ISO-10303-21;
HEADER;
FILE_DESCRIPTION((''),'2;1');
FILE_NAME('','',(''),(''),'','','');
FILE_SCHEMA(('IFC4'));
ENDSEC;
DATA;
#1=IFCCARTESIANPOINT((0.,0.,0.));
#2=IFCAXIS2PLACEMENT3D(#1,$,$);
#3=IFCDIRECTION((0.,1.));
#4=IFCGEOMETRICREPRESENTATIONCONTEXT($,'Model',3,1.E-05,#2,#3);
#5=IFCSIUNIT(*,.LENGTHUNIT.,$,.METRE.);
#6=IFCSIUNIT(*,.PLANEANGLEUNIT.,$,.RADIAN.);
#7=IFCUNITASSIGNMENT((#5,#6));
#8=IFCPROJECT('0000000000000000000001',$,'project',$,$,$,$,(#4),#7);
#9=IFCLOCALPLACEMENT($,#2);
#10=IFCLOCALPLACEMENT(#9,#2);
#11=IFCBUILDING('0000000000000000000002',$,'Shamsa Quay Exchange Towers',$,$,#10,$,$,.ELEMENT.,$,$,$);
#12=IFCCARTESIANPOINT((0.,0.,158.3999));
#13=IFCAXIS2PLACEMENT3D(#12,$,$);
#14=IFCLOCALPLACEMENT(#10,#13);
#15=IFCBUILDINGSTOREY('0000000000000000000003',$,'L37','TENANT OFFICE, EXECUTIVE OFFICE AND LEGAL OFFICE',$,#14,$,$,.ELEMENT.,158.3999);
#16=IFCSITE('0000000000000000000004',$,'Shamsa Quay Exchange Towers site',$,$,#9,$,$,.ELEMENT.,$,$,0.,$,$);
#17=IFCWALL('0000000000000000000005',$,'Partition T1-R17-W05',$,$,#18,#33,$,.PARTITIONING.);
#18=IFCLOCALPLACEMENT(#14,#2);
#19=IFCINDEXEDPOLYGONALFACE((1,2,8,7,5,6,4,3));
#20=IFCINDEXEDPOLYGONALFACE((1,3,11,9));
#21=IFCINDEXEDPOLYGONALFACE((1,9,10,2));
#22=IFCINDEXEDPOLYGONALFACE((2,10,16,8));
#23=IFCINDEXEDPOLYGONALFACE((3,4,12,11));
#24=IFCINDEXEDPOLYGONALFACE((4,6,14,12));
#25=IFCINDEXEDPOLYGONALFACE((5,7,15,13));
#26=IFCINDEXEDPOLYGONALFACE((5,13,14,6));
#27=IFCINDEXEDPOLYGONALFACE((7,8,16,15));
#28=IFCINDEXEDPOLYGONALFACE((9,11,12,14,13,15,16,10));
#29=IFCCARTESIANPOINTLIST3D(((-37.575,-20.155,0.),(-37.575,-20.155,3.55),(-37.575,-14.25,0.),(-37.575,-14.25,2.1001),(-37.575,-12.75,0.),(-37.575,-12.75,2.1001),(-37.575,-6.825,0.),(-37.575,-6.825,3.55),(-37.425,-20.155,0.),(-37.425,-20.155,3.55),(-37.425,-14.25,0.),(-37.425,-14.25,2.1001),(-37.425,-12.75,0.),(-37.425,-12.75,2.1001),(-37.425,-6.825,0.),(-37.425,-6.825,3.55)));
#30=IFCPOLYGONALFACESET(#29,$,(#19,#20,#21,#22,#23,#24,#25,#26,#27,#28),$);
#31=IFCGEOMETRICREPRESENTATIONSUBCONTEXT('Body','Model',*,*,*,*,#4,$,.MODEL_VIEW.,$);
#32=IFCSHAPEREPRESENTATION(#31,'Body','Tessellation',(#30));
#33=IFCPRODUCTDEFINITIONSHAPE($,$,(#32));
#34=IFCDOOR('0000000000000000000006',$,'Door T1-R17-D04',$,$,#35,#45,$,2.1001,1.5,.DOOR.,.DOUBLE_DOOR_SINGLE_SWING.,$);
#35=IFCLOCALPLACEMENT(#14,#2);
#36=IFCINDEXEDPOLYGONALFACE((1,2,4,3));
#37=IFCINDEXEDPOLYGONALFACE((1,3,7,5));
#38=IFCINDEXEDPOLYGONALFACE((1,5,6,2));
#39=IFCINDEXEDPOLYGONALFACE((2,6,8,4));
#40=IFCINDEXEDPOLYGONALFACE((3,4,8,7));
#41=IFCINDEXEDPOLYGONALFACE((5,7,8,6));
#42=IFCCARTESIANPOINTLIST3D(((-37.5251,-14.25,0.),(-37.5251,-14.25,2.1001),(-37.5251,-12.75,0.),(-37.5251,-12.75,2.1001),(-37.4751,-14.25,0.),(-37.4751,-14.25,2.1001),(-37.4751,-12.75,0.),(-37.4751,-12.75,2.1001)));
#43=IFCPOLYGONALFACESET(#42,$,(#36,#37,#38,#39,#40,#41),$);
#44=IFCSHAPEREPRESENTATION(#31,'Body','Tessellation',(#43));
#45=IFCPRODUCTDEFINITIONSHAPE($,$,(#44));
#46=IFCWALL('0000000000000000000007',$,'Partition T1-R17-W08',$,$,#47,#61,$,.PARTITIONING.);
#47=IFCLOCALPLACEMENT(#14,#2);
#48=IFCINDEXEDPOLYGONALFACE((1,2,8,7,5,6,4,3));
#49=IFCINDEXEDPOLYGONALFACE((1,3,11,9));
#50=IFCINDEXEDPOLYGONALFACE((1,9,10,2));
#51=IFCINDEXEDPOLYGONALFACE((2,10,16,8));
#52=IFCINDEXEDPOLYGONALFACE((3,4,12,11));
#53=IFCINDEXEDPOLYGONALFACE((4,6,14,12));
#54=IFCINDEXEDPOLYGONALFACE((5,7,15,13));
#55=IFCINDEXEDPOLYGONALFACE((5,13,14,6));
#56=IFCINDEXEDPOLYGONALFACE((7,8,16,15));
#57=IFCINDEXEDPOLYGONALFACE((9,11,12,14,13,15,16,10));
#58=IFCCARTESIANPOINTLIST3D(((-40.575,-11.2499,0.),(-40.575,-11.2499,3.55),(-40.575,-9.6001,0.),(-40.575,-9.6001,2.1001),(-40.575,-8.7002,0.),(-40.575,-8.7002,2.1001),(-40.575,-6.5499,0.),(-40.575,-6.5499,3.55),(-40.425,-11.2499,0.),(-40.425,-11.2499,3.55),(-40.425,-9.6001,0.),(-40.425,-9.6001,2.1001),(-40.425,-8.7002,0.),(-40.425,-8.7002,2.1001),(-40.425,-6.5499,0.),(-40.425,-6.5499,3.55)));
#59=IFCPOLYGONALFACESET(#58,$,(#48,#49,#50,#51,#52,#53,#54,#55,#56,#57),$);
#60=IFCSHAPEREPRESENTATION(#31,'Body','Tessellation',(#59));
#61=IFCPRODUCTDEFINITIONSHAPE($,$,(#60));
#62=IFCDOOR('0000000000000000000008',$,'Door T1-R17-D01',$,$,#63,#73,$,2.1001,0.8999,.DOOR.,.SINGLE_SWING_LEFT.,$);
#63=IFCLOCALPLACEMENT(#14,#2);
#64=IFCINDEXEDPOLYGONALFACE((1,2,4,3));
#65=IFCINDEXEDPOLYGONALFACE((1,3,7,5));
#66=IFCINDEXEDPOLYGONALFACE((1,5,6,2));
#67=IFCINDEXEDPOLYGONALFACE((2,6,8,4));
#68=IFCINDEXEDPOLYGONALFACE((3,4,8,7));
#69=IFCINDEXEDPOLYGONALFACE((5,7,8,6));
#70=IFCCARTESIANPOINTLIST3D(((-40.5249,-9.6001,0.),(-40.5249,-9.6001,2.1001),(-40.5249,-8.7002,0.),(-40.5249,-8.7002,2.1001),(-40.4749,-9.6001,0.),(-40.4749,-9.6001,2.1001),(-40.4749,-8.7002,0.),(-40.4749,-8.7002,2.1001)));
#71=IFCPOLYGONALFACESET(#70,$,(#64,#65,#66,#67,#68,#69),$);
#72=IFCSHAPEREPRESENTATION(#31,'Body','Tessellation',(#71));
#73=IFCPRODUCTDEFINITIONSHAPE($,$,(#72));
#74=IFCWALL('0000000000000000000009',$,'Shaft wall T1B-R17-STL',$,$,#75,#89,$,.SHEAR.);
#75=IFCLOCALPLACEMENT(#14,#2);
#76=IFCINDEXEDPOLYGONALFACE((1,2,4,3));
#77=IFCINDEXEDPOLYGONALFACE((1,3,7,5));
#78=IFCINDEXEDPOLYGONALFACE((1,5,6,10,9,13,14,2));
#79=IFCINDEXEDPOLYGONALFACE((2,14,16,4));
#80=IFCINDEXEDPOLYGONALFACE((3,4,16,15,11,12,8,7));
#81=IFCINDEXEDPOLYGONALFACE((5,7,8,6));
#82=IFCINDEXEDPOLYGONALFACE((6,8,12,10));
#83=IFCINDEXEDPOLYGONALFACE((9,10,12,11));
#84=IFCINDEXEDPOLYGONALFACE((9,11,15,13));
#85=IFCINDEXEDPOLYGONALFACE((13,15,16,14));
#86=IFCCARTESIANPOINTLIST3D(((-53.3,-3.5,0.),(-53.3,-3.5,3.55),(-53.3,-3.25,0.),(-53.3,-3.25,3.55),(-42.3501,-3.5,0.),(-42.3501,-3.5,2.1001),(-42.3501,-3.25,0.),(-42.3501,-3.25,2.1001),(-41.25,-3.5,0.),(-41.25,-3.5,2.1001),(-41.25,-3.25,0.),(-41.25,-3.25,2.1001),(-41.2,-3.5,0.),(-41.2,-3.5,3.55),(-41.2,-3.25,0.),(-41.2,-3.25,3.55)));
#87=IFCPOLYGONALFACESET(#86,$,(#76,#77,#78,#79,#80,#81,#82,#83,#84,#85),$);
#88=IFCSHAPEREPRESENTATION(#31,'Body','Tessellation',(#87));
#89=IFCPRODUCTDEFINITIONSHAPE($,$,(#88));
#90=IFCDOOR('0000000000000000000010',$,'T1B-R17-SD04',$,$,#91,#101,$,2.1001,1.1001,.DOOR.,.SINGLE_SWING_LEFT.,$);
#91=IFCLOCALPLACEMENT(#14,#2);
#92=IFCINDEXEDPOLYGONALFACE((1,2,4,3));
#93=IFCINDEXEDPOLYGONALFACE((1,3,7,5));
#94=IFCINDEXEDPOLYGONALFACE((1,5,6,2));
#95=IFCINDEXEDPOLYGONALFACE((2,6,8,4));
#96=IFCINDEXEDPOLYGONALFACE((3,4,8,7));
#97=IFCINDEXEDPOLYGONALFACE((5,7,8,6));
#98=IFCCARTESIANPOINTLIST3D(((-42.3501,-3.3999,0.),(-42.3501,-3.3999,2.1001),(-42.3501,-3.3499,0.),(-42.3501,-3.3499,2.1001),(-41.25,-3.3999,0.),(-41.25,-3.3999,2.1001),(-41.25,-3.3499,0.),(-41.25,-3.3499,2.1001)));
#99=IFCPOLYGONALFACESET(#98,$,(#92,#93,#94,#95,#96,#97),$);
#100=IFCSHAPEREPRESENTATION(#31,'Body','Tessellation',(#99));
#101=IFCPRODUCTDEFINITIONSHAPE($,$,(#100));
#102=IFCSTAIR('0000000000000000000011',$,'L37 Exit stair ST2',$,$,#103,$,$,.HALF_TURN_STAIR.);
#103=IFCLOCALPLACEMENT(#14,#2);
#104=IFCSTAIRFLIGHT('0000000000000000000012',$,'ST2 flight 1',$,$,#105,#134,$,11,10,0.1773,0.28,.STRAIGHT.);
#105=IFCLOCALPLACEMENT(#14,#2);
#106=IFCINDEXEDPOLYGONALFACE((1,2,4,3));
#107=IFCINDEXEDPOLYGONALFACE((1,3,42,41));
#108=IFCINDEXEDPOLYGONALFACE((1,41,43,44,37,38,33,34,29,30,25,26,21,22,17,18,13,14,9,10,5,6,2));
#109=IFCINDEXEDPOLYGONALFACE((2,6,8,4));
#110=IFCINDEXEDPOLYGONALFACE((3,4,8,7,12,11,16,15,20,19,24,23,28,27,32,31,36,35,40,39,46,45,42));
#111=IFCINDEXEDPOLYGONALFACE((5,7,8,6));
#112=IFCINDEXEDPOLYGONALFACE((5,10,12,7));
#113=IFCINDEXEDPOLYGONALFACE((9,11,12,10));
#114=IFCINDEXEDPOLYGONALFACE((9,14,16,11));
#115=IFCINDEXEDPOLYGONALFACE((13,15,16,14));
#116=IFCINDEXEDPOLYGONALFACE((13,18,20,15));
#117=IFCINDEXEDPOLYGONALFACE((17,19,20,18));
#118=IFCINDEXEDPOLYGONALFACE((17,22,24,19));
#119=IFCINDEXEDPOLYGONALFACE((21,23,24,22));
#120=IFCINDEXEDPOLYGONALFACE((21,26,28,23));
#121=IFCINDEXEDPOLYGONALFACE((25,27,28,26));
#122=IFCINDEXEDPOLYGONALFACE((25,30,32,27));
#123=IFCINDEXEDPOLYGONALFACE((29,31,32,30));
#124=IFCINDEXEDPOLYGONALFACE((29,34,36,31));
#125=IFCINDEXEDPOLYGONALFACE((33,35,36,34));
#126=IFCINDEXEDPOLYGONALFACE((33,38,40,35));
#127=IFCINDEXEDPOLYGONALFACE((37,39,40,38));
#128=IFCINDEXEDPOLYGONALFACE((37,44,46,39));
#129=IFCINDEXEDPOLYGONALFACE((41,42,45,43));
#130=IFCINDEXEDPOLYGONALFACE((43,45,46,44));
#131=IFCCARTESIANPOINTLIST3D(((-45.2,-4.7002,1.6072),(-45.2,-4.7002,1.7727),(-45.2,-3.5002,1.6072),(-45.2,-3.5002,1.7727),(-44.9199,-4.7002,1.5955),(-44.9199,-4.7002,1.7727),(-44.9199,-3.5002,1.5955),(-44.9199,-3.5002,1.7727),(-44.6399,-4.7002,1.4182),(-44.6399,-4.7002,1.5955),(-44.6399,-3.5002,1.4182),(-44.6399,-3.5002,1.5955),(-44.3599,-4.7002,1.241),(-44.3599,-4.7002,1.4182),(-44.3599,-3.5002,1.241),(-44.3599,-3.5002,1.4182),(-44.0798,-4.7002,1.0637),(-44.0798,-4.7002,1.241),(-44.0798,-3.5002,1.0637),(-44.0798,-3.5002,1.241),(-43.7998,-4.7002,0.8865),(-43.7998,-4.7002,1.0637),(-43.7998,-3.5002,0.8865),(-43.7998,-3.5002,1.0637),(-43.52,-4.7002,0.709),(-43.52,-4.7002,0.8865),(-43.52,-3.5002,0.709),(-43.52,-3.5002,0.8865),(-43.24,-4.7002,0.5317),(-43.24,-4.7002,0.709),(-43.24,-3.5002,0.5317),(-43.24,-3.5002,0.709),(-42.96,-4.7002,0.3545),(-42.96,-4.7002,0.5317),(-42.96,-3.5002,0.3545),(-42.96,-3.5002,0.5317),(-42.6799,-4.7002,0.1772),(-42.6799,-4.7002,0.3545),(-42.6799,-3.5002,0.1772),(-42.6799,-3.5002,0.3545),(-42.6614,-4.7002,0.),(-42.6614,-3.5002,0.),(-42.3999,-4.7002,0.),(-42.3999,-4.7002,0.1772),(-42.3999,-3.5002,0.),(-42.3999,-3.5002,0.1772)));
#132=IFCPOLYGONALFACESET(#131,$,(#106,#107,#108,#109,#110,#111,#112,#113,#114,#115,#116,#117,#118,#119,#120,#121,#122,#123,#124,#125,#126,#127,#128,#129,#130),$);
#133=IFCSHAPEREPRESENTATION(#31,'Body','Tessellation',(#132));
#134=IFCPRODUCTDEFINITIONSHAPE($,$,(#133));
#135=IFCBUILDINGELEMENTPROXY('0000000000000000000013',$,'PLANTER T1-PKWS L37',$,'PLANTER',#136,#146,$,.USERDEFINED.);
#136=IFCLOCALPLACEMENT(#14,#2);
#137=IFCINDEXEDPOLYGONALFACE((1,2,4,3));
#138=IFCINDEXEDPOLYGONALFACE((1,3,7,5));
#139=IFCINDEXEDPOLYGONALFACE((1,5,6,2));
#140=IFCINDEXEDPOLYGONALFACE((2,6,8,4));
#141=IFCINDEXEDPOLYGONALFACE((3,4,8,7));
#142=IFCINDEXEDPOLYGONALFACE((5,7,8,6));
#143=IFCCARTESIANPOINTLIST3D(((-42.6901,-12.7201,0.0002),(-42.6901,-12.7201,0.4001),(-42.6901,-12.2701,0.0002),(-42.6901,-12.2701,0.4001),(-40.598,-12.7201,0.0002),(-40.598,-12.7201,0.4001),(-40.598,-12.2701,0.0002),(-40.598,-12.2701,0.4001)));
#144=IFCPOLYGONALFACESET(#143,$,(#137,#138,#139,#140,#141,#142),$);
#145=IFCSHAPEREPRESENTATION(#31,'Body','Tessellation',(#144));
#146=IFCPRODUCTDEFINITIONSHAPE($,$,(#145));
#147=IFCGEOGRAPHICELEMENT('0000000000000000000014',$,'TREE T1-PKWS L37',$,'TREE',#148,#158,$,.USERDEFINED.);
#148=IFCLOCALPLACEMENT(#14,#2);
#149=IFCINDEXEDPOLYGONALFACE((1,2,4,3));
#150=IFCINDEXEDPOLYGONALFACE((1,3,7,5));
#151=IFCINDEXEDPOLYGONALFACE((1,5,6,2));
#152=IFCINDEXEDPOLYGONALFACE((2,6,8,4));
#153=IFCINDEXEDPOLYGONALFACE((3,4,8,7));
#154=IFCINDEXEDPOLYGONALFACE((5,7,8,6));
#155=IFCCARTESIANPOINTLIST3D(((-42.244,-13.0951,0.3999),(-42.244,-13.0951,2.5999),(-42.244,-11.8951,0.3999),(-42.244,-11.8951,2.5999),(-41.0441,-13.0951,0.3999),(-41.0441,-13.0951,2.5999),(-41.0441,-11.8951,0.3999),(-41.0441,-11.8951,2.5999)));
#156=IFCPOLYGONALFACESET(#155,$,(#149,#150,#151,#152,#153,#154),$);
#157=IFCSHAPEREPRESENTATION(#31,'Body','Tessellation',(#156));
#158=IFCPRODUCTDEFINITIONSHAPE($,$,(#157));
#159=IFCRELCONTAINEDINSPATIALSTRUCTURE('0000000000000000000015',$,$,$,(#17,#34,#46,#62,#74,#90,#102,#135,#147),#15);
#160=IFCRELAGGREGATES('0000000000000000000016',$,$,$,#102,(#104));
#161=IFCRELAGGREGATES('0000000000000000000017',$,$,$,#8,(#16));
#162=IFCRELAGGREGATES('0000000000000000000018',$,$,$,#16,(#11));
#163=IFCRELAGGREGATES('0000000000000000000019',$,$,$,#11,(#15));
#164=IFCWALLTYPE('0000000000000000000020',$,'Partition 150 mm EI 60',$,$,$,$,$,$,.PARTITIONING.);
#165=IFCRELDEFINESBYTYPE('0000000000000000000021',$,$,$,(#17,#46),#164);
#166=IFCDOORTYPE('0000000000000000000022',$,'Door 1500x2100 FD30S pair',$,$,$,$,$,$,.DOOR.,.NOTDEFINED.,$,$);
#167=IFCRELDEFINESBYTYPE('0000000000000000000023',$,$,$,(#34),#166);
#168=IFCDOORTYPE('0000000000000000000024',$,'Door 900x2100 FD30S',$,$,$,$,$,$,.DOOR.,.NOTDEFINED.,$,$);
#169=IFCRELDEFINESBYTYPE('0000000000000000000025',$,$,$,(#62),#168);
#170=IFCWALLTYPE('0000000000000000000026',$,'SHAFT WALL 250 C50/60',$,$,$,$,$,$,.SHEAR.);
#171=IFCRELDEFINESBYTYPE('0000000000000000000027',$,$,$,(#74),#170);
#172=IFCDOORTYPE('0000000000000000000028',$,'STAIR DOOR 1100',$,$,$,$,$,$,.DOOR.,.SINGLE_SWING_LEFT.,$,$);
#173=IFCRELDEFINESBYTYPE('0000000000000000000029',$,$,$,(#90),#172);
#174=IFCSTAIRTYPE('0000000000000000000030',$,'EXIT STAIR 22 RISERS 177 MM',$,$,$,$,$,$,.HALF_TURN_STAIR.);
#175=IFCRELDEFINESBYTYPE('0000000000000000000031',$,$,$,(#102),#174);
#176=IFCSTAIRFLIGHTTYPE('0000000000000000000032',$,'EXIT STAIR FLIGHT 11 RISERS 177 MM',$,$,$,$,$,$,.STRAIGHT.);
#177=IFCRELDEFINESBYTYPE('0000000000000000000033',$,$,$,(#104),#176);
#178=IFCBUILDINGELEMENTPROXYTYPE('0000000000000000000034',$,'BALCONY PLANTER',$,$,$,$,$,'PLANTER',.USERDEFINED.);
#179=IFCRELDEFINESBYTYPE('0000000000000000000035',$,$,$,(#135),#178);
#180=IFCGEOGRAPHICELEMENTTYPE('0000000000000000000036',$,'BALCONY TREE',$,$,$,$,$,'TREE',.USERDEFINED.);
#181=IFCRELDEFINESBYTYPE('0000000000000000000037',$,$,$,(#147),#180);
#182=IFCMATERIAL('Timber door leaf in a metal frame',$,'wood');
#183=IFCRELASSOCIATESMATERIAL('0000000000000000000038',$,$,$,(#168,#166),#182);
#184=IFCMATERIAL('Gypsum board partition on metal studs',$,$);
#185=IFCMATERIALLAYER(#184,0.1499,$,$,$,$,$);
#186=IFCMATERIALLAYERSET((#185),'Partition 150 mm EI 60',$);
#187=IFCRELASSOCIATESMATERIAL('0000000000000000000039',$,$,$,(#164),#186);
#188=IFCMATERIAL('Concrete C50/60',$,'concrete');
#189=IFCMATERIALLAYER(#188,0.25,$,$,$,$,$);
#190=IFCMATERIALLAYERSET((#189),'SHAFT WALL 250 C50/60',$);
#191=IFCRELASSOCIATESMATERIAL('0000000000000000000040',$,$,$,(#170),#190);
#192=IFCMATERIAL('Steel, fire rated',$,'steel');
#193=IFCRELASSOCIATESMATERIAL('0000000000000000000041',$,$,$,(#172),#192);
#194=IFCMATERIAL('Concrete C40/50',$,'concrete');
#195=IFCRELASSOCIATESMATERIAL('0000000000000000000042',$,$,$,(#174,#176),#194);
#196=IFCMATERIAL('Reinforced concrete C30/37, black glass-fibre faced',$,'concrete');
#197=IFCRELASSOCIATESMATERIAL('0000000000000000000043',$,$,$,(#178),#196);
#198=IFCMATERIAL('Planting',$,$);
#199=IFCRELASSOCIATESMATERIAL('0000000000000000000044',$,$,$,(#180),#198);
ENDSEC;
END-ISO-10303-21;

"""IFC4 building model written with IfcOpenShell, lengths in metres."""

from ifc_helpers import new_model, si_unit, direction, frame, frame_2d, origin, origin_2d, place, context, subcontext, project, spatial, polyline, rectangle, outline, extrude, material, layer, layer_set, type_object, element, fill, aggregate, save


model = new_model("IFC4")

# Units and contexts
model_context = context("Model", 3, precision=1e-05, world=origin(), true_north=direction((0.0, 1.0)))
body_context = subcontext(model_context, "Body", "Model", "MODEL_VIEW")
ifc_project = project(units=[si_unit("LENGTHUNIT", "METRE"), si_unit("PLANEANGLEUNIT", "RADIAN")], contexts=[model_context])

# Site, building, storey
site_placement = place(None, origin())
site = spatial("IfcSite", under=ifc_project, at=site_placement, Name="Shamsa Quay Exchange Towers site", CompositionType="ELEMENT", RefElevation=0.0)
building_placement = place(site_placement, origin())
building = spatial("IfcBuilding", under=site, at=building_placement, Name="Shamsa Quay Exchange Towers", CompositionType="ELEMENT")
storey_placement = place(building_placement, frame((0.0, 0.0, 158.3999)))
storey = spatial("IfcBuildingStorey", under=building, at=storey_placement, Name="L37", Description="TENANT OFFICE, EXECUTIVE OFFICE AND LEGAL OFFICE", CompositionType="ELEMENT", Elevation=158.3999)

# Walls, openings, doors
ifc_material_1 = material(Name="Steel, fire rated", Category="steel")
ifc_material_2 = material(Name="Timber door leaf in a metal frame", Category="wood")
door_type_1 = type_object("IfcDoorType", Name="Door 900x2100 FD30S", OperationType="NOTDEFINED", PredefinedType="DOOR", material=ifc_material_2)
ifc_material_3 = material(Name="Gypsum board partition on metal studs")
ifc_layer_1 = layer(ifc_material_3, 0.1499)
ifc_layer_set_1 = layer_set([ifc_layer_1], Name="Partition 150 mm EI 60")
wall_type_1 = type_object("IfcWallType", Name="Partition 150 mm EI 60", PredefinedType="PARTITIONING", material=ifc_layer_set_1)
wall_1_placement = place(storey_placement, frame((-37.5, -6.825, 0.0), z_axis=(0.0, 0.0, 1.0), x_axis=(0.0, -1.0, 0.0)))
wall_1 = element("IfcWall", 1, at=wall_1_placement, inside=storey, type_object=wall_type_1, Name="Partition T1-R17-W05", PredefinedType="PARTITIONING", context=body_context, shape_type="SweptSolid", body=[
    extrude(rectangle(XDim=13.3301, YDim=0.1499, at=frame_2d((6.665, 0.0))), origin(), (0.0, 0.0, 1.0), 3.55),
])
opening_1_placement = place(wall_1_placement, frame((5.925, 0.0, 0.0)))
opening_1 = element("IfcOpeningElement", 2, at=opening_1_placement, cuts=wall_1, PredefinedType="OPENING", context=body_context, shape_type="SweptSolid", body=[
    extrude(rectangle(XDim=1.5, YDim=2.1001, at=frame_2d((0.75, 1.05))), frame((0.0, 0.085, 0.0), z_axis=(0.0, -1.0, 0.0), x_axis=(1.0, 0.0, 0.0)), (0.0, 0.0, 1.0), 0.1699),
])
door_type_2 = type_object("IfcDoorType", Name="Door 1500x2100 FD30S pair", OperationType="NOTDEFINED", PredefinedType="DOOR", material=ifc_material_2)
door_1_placement = place(opening_1_placement, origin())
door_1 = element("IfcDoor", 3, at=door_1_placement, inside=storey, type_object=door_type_2, Name="Door T1-R17-D04", OperationType="DOUBLE_DOOR_SINGLE_SWING", OverallHeight=2.1001, OverallWidth=1.5, PredefinedType="DOOR", context=body_context, shape_type="SweptSolid", body=[
    extrude(rectangle(XDim=1.5, YDim=2.1001, at=frame_2d((0.75, 1.05))), frame((0.0, 0.0249, 0.0), z_axis=(0.0, -1.0, 0.0), x_axis=(1.0, 0.0, 0.0)), (0.0, 0.0, 1.0), 0.05),
])
fill(opening_1, door_1)
wall_2_placement = place(storey_placement, frame((-40.5, -11.25, 0.0), z_axis=(0.0, 0.0, 1.0), x_axis=(0.0, 1.0, 0.0)))
wall_2 = element("IfcWall", 4, at=wall_2_placement, inside=storey, type_object=wall_type_1, Name="Partition T1-R17-W08", PredefinedType="PARTITIONING", context=body_context, shape_type="SweptSolid", body=[
    extrude(rectangle(XDim=4.7, YDim=0.1499, at=frame_2d((2.3501, 0.0))), origin(), (0.0, 0.0, 1.0), 3.55),
])
opening_2_placement = place(wall_2_placement, frame((1.6499, 0.0, 0.0)))
opening_2 = element("IfcOpeningElement", 5, at=opening_2_placement, cuts=wall_2, PredefinedType="OPENING", context=body_context, shape_type="SweptSolid", body=[
    extrude(rectangle(XDim=0.8999, YDim=2.1001, at=frame_2d((0.45, 1.05))), frame((0.0, 0.085, 0.0), z_axis=(0.0, -1.0, 0.0), x_axis=(1.0, 0.0, 0.0)), (0.0, 0.0, 1.0), 0.1699),
])
door_2_placement = place(opening_2_placement, origin())
door_2 = element("IfcDoor", 6, at=door_2_placement, inside=storey, type_object=door_type_1, Name="Door T1-R17-D01", OperationType="SINGLE_SWING_LEFT", OverallHeight=2.1001, OverallWidth=0.8999, PredefinedType="DOOR", context=body_context, shape_type="SweptSolid", body=[
    extrude(rectangle(XDim=0.8999, YDim=2.1001, at=frame_2d((0.45, 1.05))), frame((0.0, 0.0249, 0.0), z_axis=(0.0, -1.0, 0.0), x_axis=(1.0, 0.0, 0.0)), (0.0, 0.0, 1.0), 0.05),
])
fill(opening_2, door_2)
ifc_material_4 = material(Name="Concrete C50/60", Category="concrete")
ifc_layer_2 = layer(ifc_material_4, 0.25)
ifc_layer_set_2 = layer_set([ifc_layer_2], Name="SHAFT WALL 250 C50/60")
wall_type_2 = type_object("IfcWallType", Name="SHAFT WALL 250 C50/60", PredefinedType="SHEAR", material=ifc_layer_set_2)
wall_3_placement = place(storey_placement, frame((-41.2, -3.375, 0.0), z_axis=(0.0, 0.0, 1.0), x_axis=(-1.0, 0.0, 0.0)))
wall_3 = element("IfcWall", 7, at=wall_3_placement, inside=storey, type_object=wall_type_2, Name="Shaft wall T1B-R17-STL", PredefinedType="SHEAR", context=body_context, shape_type="SweptSolid", body=[
    extrude(rectangle(XDim=12.1001, YDim=0.25, at=frame_2d((6.05, 0.0))), origin(), (0.0, 0.0, 1.0), 3.55),
])
opening_3_placement = place(wall_3_placement, frame((0.05, 0.0, 0.0)))
opening_3 = element("IfcOpeningElement", 8, at=opening_3_placement, cuts=wall_3, PredefinedType="OPENING", context=body_context, shape_type="SweptSolid", body=[
    extrude(rectangle(XDim=1.1001, YDim=2.1001, at=frame_2d((0.55, 1.05))), frame((0.0, 0.135, 0.0), z_axis=(0.0, -1.0, 0.0), x_axis=(1.0, 0.0, 0.0)), (0.0, 0.0, 1.0), 0.27),
])
door_type_3 = type_object("IfcDoorType", Name="STAIR DOOR 1100", OperationType="SINGLE_SWING_LEFT", PredefinedType="DOOR", material=ifc_material_1)
door_3_placement = place(opening_3_placement, origin())
door_3 = element("IfcDoor", 9, at=door_3_placement, inside=storey, type_object=door_type_3, Name="T1B-R17-SD04", OperationType="SINGLE_SWING_LEFT", OverallHeight=2.1001, OverallWidth=1.1001, PredefinedType="DOOR", context=body_context, shape_type="SweptSolid", body=[
    extrude(rectangle(XDim=1.1001, YDim=2.1001, at=frame_2d((0.55, 1.05))), frame((0.0, 0.0249, 0.0), z_axis=(0.0, -1.0, 0.0), x_axis=(1.0, 0.0, 0.0)), (0.0, 0.0, 1.0), 0.05),
])
fill(opening_3, door_3)

# Stair, stair flight
ifc_material_5 = material(Name="Concrete C40/50", Category="concrete")
stair_type = type_object("IfcStairType", Name="EXIT STAIR 22 RISERS 177 MM", PredefinedType="HALF_TURN_STAIR", material=ifc_material_5)
stair_placement = place(storey_placement, origin())
stair = element("IfcStair", 10, at=stair_placement, inside=storey, type_object=stair_type, Name="L37 Exit stair ST2", PredefinedType="HALF_TURN_STAIR")
stair_flight_type = type_object("IfcStairFlightType", Name="EXIT STAIR FLIGHT 11 RISERS 177 MM", PredefinedType="STRAIGHT", material=ifc_material_5)
stair_flight_placement = place(storey_placement, frame((-42.3999, -4.1001, 0.0), z_axis=(0.0, 0.0, 1.0), x_axis=(-1.0, 0.0, 0.0)))
stair_flight = element("IfcStairFlight", 11, at=stair_flight_placement, type_object=stair_flight_type, Name="ST2 flight 1", NumberOfRisers=11, NumberOfTreads=10, PredefinedType="STRAIGHT", RiserHeight=0.1773, TreadLength=0.28, context=body_context, shape_type="SweptSolid", body=[
    extrude(outline(polyline([(0.0, 0.0), (0.0, 0.1772), (0.28, 0.1772), (0.28, 0.3545), (0.5601, 0.3545), (0.5601, 0.5317), (0.8401, 0.5317), (0.8401, 0.709), (1.1201, 0.709), (1.1201, 0.8865), (1.3999, 0.8865), (1.3999, 1.0637), (1.6799, 1.0637), (1.6799, 1.241), (1.96, 1.241), (1.96, 1.4182), (2.24, 1.4182), (2.24, 1.5955), (2.52, 1.5955), (2.52, 1.7727), (2.8, 1.7727), (2.8, 1.95), (2.8, 1.6072), (0.2615, 0.0), (0.0, 0.0)])), frame((0.0, 0.6001, 0.0), z_axis=(0.0, -1.0, 0.0), x_axis=(1.0, 0.0, 0.0)), (0.0, 0.0, 1.0), 1.2),
])
aggregate(stair, [stair_flight])

# Building element proxy
ifc_material_6 = material(Name="Reinforced concrete C30/37, black glass-fibre faced", Category="concrete")
building_element_proxy_type = type_object("IfcBuildingElementProxyType", Name="BALCONY PLANTER", ElementType="PLANTER", PredefinedType="USERDEFINED", material=ifc_material_6)
proxy_placement = place(storey_placement, frame((-41.644, -12.4951, 0.0002)))
element("IfcBuildingElementProxy", 12, at=proxy_placement, inside=storey, type_object=building_element_proxy_type, Name="PLANTER T1-PKWS L37", ObjectType="PLANTER", PredefinedType="USERDEFINED", context=body_context, shape_type="SweptSolid", body=[
    extrude(rectangle(XDim=2.092, YDim=0.45, at=origin_2d()), origin(), (0.0, 0.0, 1.0), 0.3999),
])

# Geographic element
ifc_material_7 = material(Name="Planting")
geographic_element_type = type_object("IfcGeographicElementType", Name="BALCONY TREE", ElementType="TREE", PredefinedType="USERDEFINED", material=ifc_material_7)
geographic_element_placement = place(storey_placement, frame((-41.644, -12.4951, 0.3999)))
element("IfcGeographicElement", 13, at=geographic_element_placement, inside=storey, type_object=geographic_element_type, Name="TREE T1-PKWS L37", ObjectType="TREE", PredefinedType="USERDEFINED", context=body_context, shape_type="SweptSolid", body=[
    extrude(rectangle(XDim=1.2, YDim=1.2, at=origin_2d()), origin(), (0.0, 0.0, 1.0), 2.2),
])

save(model, "model.ifc")
